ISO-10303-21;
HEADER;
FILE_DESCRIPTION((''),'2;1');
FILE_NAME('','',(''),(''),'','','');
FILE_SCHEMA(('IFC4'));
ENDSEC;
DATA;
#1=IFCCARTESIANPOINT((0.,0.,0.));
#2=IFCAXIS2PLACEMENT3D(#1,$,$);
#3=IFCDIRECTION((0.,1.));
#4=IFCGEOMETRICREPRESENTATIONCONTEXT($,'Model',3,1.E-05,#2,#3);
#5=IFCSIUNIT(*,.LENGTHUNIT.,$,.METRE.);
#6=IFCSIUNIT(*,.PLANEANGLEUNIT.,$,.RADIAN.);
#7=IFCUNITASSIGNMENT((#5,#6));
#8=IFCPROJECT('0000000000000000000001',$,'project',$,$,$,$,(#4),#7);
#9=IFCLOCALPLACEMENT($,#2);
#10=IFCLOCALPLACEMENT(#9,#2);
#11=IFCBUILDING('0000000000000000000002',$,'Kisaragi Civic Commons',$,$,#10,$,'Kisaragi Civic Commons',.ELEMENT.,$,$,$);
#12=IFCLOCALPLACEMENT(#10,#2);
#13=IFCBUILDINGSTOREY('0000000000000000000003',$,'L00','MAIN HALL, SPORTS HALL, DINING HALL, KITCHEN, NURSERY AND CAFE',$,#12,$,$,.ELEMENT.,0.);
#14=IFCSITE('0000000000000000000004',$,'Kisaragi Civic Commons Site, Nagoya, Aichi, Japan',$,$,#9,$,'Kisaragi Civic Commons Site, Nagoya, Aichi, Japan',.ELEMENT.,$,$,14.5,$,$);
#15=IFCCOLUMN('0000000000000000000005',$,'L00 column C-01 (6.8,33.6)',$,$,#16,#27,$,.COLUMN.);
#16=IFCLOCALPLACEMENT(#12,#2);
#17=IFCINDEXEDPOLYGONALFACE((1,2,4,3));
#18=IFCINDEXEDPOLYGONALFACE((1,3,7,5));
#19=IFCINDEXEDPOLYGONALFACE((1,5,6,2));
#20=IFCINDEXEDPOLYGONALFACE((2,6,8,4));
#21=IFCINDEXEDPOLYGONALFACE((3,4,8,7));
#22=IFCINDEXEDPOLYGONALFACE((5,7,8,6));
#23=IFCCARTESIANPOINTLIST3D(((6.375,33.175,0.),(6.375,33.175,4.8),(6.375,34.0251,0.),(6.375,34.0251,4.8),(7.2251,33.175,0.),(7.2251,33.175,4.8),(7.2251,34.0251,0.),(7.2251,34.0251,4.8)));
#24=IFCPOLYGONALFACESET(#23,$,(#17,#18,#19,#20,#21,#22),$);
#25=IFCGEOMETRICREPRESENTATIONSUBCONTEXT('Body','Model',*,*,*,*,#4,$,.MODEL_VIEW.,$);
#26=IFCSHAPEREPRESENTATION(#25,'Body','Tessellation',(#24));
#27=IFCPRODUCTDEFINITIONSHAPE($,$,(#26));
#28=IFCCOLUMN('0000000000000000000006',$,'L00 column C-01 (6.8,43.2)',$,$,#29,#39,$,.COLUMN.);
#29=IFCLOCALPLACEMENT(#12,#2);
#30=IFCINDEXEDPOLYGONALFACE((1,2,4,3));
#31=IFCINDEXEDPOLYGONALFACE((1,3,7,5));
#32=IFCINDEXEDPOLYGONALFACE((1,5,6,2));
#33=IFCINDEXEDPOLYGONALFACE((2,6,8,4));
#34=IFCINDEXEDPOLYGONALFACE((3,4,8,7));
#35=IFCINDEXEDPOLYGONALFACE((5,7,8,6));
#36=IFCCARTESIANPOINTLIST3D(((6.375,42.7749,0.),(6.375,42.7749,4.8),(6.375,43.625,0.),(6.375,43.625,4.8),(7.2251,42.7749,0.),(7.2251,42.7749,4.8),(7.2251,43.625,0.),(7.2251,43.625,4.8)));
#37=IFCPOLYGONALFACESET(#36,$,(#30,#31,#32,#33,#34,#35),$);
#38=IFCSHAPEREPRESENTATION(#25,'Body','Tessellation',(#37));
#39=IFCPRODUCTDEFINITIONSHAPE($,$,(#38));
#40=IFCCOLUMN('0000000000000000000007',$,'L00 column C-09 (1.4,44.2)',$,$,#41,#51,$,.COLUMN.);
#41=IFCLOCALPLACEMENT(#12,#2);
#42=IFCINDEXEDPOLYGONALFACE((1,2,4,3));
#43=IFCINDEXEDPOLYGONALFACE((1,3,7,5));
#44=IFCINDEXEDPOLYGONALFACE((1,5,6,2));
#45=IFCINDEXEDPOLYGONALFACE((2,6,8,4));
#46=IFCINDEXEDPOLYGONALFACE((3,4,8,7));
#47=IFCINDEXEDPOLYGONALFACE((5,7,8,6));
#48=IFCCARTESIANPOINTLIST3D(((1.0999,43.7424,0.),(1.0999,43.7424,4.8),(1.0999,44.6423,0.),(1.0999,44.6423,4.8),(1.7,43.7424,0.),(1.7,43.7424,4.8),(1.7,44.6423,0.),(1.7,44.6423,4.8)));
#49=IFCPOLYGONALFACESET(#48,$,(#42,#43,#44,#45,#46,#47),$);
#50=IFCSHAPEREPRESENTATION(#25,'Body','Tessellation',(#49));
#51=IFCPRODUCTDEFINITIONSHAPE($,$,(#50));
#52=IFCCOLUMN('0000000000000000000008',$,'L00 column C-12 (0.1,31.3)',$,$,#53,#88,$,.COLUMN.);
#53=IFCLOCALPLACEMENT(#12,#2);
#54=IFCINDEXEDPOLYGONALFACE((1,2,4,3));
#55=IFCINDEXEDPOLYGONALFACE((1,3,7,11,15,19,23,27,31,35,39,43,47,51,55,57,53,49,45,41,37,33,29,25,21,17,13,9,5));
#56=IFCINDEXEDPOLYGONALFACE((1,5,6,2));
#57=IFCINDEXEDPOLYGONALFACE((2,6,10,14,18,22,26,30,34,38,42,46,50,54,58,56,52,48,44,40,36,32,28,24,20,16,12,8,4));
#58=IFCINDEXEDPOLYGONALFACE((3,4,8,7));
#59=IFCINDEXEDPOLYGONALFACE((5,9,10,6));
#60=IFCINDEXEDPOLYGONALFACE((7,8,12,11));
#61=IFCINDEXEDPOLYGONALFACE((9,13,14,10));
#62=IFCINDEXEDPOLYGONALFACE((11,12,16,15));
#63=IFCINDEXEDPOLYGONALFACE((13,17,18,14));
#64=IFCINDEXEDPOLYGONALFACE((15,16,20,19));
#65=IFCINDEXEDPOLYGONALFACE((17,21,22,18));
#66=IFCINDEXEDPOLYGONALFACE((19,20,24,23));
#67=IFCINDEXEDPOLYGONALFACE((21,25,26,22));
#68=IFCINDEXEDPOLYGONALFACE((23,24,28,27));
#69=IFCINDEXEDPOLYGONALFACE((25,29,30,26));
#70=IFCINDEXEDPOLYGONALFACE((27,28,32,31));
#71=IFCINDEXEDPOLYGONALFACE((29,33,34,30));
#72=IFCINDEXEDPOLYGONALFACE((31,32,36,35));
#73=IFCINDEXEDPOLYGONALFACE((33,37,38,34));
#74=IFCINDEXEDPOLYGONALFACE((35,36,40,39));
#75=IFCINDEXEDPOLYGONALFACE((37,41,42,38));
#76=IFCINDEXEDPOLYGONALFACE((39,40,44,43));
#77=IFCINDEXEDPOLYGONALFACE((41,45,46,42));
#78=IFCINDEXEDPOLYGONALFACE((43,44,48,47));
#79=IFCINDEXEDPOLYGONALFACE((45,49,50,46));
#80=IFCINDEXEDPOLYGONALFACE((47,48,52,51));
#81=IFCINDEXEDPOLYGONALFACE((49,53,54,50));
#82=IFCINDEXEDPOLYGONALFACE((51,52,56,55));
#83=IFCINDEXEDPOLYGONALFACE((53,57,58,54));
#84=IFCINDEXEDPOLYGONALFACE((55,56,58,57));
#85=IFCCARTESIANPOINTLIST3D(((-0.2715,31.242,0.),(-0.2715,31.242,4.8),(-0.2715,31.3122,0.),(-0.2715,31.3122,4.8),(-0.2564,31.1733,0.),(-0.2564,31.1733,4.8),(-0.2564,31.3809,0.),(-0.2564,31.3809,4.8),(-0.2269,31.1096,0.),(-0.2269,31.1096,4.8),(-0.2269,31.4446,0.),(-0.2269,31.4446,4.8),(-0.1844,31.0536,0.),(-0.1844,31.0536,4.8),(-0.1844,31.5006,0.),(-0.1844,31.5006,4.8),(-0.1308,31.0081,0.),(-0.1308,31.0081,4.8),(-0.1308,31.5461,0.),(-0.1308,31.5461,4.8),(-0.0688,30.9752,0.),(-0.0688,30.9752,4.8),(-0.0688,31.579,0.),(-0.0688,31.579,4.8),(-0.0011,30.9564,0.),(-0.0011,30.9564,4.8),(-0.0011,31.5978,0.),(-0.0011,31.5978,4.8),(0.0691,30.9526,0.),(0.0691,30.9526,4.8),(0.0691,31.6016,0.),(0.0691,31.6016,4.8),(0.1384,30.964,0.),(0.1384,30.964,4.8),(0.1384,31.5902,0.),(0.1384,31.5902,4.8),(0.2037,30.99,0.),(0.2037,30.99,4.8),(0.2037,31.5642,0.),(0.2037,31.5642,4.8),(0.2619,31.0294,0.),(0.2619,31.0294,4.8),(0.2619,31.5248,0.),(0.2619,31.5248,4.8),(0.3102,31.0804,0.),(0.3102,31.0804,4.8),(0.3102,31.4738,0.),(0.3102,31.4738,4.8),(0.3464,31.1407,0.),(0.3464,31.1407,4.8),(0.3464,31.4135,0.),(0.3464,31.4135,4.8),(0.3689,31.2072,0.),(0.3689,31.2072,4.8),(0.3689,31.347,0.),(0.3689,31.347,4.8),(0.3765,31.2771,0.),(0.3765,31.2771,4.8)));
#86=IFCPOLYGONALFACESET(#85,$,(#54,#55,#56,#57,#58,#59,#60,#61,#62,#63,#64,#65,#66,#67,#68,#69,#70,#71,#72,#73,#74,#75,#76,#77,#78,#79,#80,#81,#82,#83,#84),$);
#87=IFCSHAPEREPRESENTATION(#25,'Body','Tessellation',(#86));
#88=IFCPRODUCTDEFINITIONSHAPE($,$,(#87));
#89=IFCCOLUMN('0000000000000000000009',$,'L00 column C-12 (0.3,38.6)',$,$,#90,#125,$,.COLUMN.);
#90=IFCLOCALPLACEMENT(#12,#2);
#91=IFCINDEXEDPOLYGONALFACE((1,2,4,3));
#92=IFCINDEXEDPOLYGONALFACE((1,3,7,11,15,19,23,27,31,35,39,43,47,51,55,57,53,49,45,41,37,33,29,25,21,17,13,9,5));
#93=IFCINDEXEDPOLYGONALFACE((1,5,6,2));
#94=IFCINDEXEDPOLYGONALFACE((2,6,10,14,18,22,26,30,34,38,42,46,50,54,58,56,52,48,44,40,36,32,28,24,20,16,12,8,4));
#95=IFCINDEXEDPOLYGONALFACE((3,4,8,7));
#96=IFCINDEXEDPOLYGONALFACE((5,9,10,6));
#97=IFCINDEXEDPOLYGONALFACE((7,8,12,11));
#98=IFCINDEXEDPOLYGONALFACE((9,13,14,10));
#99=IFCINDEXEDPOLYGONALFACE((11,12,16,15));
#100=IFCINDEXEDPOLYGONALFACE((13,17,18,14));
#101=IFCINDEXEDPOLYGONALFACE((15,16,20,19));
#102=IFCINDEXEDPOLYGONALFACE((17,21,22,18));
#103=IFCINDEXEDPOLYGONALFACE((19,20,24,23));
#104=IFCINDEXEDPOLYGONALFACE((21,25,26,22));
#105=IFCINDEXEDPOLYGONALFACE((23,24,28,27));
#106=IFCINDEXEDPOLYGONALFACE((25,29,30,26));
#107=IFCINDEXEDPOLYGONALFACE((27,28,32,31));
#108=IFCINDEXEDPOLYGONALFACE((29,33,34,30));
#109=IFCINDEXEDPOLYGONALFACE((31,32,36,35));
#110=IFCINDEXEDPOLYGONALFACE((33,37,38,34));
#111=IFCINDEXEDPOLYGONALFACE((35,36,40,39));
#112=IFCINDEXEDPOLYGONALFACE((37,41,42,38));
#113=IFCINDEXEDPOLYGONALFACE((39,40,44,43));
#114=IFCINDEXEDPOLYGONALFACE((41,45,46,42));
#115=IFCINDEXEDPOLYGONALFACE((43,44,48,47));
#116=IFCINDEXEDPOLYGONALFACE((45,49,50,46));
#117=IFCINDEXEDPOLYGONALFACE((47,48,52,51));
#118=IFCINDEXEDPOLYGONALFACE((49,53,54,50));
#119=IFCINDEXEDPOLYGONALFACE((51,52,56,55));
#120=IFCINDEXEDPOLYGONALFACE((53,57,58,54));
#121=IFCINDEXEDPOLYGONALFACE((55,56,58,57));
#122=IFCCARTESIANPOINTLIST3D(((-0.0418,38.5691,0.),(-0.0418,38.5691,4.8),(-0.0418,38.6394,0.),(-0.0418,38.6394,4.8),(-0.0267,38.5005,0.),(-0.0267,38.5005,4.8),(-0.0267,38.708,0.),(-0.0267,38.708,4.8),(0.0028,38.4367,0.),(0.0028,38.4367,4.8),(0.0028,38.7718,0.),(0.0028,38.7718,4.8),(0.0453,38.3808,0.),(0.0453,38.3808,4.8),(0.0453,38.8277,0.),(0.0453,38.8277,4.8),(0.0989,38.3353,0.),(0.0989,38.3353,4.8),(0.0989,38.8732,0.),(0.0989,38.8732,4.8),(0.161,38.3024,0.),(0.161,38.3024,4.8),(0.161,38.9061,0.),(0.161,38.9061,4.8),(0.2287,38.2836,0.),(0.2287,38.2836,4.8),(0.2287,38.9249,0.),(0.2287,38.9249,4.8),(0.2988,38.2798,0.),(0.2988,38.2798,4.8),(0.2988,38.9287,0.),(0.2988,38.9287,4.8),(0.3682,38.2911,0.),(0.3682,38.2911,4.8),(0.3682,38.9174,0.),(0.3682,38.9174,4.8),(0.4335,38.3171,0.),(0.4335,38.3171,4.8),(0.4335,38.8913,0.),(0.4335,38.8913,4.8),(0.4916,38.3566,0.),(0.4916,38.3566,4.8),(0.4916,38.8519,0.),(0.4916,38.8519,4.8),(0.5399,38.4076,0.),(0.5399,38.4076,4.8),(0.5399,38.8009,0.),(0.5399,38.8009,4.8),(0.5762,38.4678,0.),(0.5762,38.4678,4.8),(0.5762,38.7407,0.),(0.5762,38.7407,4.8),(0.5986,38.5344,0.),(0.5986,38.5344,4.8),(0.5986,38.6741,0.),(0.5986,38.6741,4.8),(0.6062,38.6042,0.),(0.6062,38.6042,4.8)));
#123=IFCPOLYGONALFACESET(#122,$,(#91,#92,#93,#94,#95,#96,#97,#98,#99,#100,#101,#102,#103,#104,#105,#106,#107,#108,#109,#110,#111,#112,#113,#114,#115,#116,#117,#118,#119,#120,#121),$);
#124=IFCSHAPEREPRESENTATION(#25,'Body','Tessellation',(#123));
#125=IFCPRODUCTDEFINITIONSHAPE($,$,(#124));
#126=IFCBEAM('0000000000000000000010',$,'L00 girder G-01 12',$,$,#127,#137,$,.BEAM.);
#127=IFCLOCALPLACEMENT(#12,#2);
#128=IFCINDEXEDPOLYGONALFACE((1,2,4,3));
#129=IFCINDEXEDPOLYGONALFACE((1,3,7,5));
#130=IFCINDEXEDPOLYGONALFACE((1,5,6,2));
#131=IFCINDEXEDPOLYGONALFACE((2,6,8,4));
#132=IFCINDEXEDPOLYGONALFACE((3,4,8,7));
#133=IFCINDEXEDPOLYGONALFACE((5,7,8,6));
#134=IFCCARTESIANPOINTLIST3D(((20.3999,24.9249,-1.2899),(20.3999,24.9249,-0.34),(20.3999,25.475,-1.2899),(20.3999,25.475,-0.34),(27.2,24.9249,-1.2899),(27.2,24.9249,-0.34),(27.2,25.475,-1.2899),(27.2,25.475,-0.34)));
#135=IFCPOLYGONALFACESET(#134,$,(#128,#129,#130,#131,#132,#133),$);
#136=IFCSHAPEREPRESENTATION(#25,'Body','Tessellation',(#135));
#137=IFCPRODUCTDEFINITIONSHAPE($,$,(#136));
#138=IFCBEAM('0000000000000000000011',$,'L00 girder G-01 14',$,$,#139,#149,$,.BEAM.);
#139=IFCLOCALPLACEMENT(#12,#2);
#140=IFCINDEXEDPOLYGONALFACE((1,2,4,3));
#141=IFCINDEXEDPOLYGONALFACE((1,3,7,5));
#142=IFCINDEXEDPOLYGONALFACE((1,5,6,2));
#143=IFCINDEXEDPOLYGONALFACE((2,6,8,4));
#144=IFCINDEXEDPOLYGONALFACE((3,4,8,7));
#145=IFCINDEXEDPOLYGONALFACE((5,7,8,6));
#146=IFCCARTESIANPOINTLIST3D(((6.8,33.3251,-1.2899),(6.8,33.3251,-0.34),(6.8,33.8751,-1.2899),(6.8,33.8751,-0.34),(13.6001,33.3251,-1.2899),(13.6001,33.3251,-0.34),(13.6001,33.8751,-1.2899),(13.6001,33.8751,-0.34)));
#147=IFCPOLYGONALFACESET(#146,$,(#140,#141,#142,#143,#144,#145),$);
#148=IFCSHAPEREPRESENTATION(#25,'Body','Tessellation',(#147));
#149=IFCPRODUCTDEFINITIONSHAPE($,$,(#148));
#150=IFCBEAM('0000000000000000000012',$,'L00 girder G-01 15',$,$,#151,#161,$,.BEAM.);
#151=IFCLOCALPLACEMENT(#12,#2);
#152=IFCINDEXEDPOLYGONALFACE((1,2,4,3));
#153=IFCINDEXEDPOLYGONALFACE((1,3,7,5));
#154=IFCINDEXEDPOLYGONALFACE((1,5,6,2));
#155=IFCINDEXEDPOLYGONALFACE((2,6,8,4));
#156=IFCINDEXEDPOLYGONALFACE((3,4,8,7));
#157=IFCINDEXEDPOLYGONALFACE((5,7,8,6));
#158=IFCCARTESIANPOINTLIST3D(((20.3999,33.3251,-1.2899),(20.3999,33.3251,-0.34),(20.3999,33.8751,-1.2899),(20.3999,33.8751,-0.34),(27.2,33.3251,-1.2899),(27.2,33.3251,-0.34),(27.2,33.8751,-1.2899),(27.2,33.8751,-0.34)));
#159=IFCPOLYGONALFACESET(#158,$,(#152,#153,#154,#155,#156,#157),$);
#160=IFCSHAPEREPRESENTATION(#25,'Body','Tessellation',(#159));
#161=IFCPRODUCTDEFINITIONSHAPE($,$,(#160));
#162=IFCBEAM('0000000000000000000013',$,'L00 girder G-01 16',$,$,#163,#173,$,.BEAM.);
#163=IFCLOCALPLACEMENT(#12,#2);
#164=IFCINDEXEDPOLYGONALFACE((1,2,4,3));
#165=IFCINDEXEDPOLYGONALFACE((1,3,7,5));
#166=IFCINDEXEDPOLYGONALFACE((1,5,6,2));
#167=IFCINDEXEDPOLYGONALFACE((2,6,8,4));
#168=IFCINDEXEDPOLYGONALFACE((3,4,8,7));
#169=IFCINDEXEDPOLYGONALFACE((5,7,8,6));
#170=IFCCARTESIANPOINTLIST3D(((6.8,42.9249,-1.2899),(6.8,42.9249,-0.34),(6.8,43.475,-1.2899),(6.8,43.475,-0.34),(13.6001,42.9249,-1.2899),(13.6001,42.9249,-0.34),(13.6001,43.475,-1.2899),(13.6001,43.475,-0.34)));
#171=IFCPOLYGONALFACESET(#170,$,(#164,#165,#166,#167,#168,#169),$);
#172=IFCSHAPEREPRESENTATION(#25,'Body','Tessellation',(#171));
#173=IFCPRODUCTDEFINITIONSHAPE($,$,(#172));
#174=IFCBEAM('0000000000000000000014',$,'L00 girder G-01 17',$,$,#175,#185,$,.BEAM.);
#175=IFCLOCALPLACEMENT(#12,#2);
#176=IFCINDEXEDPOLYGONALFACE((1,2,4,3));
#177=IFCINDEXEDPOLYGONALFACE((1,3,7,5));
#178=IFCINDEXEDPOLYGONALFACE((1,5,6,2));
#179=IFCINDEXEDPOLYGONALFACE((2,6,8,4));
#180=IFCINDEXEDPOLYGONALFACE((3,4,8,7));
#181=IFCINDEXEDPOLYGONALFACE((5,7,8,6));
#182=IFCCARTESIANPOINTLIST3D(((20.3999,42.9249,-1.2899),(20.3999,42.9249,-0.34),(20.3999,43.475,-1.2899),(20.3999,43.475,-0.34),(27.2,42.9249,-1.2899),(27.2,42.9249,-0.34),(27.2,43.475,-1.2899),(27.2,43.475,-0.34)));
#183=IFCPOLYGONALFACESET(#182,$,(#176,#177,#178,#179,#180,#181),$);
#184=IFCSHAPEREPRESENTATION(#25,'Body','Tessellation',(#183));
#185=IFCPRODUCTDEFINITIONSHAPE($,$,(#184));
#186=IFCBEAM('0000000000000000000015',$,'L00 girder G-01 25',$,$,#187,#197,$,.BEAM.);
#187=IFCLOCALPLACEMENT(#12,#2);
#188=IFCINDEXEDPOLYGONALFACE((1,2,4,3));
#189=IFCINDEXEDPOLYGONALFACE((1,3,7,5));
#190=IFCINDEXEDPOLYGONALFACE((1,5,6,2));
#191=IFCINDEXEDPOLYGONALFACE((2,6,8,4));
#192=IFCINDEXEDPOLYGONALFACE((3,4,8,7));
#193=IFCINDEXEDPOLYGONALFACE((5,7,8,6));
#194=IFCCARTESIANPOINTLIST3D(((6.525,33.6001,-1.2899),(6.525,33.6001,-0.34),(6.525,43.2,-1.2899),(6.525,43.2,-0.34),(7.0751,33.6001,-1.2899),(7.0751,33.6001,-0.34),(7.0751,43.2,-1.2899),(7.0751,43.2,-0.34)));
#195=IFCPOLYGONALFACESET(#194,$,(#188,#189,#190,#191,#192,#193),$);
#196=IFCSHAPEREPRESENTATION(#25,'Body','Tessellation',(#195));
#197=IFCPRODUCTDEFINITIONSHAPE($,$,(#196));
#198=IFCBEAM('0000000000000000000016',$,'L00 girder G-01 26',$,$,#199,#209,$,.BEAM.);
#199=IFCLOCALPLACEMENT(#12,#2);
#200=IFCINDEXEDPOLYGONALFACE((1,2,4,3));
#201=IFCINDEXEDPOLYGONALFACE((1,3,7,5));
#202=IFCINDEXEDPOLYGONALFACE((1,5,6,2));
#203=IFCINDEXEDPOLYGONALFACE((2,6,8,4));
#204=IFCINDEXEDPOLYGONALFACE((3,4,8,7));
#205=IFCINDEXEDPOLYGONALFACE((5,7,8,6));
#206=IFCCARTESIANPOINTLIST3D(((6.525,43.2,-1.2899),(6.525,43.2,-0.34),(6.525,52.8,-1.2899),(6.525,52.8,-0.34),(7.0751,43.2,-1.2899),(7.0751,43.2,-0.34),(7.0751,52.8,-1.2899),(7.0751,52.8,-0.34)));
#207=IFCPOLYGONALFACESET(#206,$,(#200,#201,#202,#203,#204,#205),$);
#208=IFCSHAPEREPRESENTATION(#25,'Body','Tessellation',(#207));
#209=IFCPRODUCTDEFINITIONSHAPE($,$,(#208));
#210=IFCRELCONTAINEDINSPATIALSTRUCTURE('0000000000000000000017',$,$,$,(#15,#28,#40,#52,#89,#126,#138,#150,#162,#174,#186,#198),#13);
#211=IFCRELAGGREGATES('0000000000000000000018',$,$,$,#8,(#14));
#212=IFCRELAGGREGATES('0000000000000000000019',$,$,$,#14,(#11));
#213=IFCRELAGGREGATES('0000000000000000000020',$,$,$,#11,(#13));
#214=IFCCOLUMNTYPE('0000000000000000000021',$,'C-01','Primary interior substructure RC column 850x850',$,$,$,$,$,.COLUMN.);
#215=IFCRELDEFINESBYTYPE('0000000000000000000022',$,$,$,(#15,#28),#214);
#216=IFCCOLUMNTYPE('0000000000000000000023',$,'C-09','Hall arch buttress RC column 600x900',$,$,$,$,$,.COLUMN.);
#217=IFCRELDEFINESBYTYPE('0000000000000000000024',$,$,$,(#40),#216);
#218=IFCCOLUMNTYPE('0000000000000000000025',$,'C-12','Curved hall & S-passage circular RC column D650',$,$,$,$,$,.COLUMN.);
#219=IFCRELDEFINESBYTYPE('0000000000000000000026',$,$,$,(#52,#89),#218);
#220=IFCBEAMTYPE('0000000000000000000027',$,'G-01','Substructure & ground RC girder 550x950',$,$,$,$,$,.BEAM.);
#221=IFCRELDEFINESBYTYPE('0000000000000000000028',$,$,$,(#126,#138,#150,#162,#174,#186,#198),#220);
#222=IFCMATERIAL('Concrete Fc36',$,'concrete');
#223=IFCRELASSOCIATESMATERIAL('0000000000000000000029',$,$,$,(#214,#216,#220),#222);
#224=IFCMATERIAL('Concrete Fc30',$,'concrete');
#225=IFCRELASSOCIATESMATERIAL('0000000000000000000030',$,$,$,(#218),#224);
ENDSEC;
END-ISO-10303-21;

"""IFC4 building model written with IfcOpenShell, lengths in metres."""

from ifc_helpers import new_model, si_unit, direction, frame, origin, origin_2d, place, context, subcontext, project, spatial, rectangle, circle, extrude, material, material_profile, profile_set, type_object, element, save


model = new_model("IFC4")

# Units and contexts
model_context = context("Model", 3, precision=1e-05, world=origin(), true_north=direction((0.0, 1.0)))
body_context = subcontext(model_context, "Body", "Model", "MODEL_VIEW")
ifc_project = project(units=[si_unit("LENGTHUNIT", "METRE"), si_unit("PLANEANGLEUNIT", "RADIAN")], contexts=[model_context])

# Site, building, storey
site_placement = place(None, origin())
site = spatial("IfcSite", under=ifc_project, at=site_placement, Name="Kisaragi Civic Commons Site, Nagoya, Aichi, Japan", LongName="Kisaragi Civic Commons Site, Nagoya, Aichi, Japan", CompositionType="ELEMENT", RefElevation=14.5)
building_placement = place(site_placement, origin())
building = spatial("IfcBuilding", under=site, at=building_placement, Name="Kisaragi Civic Commons", LongName="Kisaragi Civic Commons", CompositionType="ELEMENT")
storey_placement = place(building_placement, origin())
storey = spatial("IfcBuildingStorey", under=building, at=storey_placement, Name="L00", Description="MAIN HALL, SPORTS HALL, DINING HALL, KITCHEN, NURSERY AND CAFE", CompositionType="ELEMENT", Elevation=0.0)

# Columns
ifc_material_1 = material(Name="Concrete Fc36", Category="concrete")
ifc_material_profile_1 = material_profile(ifc_material_1, rectangle(XDim=0.8501, YDim=0.8501, at=origin_2d()), Name="RC-850x850", Category="concrete")
ifc_profile_set_1 = profile_set([ifc_material_profile_1], Name="Concrete Fc36")
column_type_1 = type_object("IfcColumnType", Name="C-01", Description="Primary interior substructure RC column 850x850", PredefinedType="COLUMN", material=ifc_profile_set_1)
for number, where, z_axis, x_axis, name in (
    (1, (6.8, 33.6001, 0.0), (0.0, 0.0, 1.0), (1.0, 0.0, 0.0), "L00 column C-01 (6.8,33.6)"),
    (2, (6.8, 43.2, 0.0), (0.0, 0.0, 1.0), (1.0, 0.0, 0.0), "L00 column C-01 (6.8,43.2)"),
):
    element("IfcColumn", number, at=place(storey_placement, frame(where, z_axis=z_axis, x_axis=x_axis)), inside=storey, type_object=column_type_1, Name=name, PredefinedType="COLUMN", context=body_context, shape_type="SweptSolid", body=[
        extrude(rectangle(XDim=0.8501, YDim=0.8501, at=origin_2d()), origin(), (0.0, 0.0, 1.0), 4.8),
    ])
ifc_material_profile_2 = material_profile(ifc_material_1, rectangle(XDim=0.6001, YDim=0.8999, at=origin_2d()), Name="RC-600x900", Category="concrete")
ifc_profile_set_2 = profile_set([ifc_material_profile_2], Name="Concrete Fc36")
column_type_2 = type_object("IfcColumnType", Name="C-09", Description="Hall arch buttress RC column 600x900", PredefinedType="COLUMN", material=ifc_profile_set_2)
column_placement = place(storey_placement, frame((1.3999, 44.1924, 0.0), z_axis=(0.0, 0.0, 1.0), x_axis=(1.0, 0.0, 0.0)))
element("IfcColumn", 3, at=column_placement, inside=storey, type_object=column_type_2, Name="L00 column C-09 (1.4,44.2)", PredefinedType="COLUMN", context=body_context, shape_type="SweptSolid", body=[
    extrude(rectangle(XDim=0.6001, YDim=0.8999, at=origin_2d()), origin(), (0.0, 0.0, 1.0), 4.8),
])
ifc_material_2 = material(Name="Concrete Fc30", Category="concrete")
ifc_material_profile_3 = material_profile(ifc_material_2, circle(Radius=0.325, at=origin_2d()), Name="RC-D650", Category="concrete")
ifc_profile_set_3 = profile_set([ifc_material_profile_3], Name="Concrete Fc30")
column_type_3 = type_object("IfcColumnType", Name="C-12", Description="Curved hall & S-passage circular RC column D650", PredefinedType="COLUMN", material=ifc_profile_set_3)
for number, where, z_axis, x_axis, name in (
    (4, (0.0515, 31.2771, 0.0), (0.0, 0.0, 1.0), (1.0, 0.0, 0.0), "L00 column C-12 (0.1,31.3)"),
    (5, (0.2812, 38.6042, 0.0), (0.0, 0.0, 1.0), (1.0, 0.0, 0.0), "L00 column C-12 (0.3,38.6)"),
):
    element("IfcColumn", number, at=place(storey_placement, frame(where, z_axis=z_axis, x_axis=x_axis)), inside=storey, type_object=column_type_3, Name=name, PredefinedType="COLUMN", context=body_context, shape_type="SweptSolid", body=[
        extrude(circle(Radius=0.325, at=origin_2d()), origin(), (0.0, 0.0, 1.0), 4.8),
    ])

# Beams
ifc_material_profile_4 = material_profile(ifc_material_1, rectangle(XDim=0.55, YDim=0.95, at=origin_2d()), Name="RC-550x950", Category="concrete")
ifc_profile_set_4 = profile_set([ifc_material_profile_4], Name="Concrete Fc36")
beam_type_1 = type_object("IfcBeamType", Name="G-01", Description="Substructure & ground RC girder 550x950", PredefinedType="BEAM", material=ifc_profile_set_4)
for number, where, z_axis, x_axis, name in (
    (6, (20.3999, 25.2, -0.8149), (1.0, 0.0, 0.0), (0.0, 1.0, 0.0), "L00 girder G-01 12"),
    (7, (6.8, 33.6001, -0.8149), (1.0, 0.0, 0.0), (0.0, 1.0, 0.0), "L00 girder G-01 14"),
    (8, (20.3999, 33.6001, -0.8149), (1.0, 0.0, 0.0), (0.0, 1.0, 0.0), "L00 girder G-01 15"),
    (9, (6.8, 43.2, -0.8149), (1.0, 0.0, 0.0), (0.0, 1.0, 0.0), "L00 girder G-01 16"),
    (10, (20.3999, 43.2, -0.8149), (1.0, 0.0, 0.0), (0.0, 1.0, 0.0), "L00 girder G-01 17"),
):
    element("IfcBeam", number, at=place(storey_placement, frame(where, z_axis=z_axis, x_axis=x_axis)), inside=storey, type_object=beam_type_1, Name=name, PredefinedType="BEAM", context=body_context, shape_type="SweptSolid", body=[
        extrude(rectangle(XDim=0.55, YDim=0.95, at=origin_2d()), origin(), (0.0, 0.0, 1.0), 6.8),
    ])
beam_1_placement = place(storey_placement, frame((6.8, 33.6001, -0.8149), z_axis=(0.0, 1.0, 0.0), x_axis=(-1.0, 0.0, 0.0)))
element("IfcBeam", 11, at=beam_1_placement, inside=storey, type_object=beam_type_1, Name="L00 girder G-01 25", PredefinedType="BEAM", context=body_context, shape_type="SweptSolid", body=[
    extrude(rectangle(XDim=0.55, YDim=0.95, at=origin_2d()), origin(), (0.0, 0.0, 1.0), 9.5999),
])
for number, where, z_axis, x_axis, name in (
    (12, (6.8, 43.2, -0.8149), (0.0, 1.0, 0.0), (-1.0, 0.0, 0.0), "L00 girder G-01 26"),
):
    element("IfcBeam", number, at=place(storey_placement, frame(where, z_axis=z_axis, x_axis=x_axis)), inside=storey, type_object=beam_type_1, Name=name, PredefinedType="BEAM", context=body_context, shape_type="SweptSolid", body=[
        extrude(rectangle(XDim=0.55, YDim=0.95, at=origin_2d()), origin(), (0.0, 0.0, 1.0), 9.6001),
    ])

save(model, "model.ifc")
